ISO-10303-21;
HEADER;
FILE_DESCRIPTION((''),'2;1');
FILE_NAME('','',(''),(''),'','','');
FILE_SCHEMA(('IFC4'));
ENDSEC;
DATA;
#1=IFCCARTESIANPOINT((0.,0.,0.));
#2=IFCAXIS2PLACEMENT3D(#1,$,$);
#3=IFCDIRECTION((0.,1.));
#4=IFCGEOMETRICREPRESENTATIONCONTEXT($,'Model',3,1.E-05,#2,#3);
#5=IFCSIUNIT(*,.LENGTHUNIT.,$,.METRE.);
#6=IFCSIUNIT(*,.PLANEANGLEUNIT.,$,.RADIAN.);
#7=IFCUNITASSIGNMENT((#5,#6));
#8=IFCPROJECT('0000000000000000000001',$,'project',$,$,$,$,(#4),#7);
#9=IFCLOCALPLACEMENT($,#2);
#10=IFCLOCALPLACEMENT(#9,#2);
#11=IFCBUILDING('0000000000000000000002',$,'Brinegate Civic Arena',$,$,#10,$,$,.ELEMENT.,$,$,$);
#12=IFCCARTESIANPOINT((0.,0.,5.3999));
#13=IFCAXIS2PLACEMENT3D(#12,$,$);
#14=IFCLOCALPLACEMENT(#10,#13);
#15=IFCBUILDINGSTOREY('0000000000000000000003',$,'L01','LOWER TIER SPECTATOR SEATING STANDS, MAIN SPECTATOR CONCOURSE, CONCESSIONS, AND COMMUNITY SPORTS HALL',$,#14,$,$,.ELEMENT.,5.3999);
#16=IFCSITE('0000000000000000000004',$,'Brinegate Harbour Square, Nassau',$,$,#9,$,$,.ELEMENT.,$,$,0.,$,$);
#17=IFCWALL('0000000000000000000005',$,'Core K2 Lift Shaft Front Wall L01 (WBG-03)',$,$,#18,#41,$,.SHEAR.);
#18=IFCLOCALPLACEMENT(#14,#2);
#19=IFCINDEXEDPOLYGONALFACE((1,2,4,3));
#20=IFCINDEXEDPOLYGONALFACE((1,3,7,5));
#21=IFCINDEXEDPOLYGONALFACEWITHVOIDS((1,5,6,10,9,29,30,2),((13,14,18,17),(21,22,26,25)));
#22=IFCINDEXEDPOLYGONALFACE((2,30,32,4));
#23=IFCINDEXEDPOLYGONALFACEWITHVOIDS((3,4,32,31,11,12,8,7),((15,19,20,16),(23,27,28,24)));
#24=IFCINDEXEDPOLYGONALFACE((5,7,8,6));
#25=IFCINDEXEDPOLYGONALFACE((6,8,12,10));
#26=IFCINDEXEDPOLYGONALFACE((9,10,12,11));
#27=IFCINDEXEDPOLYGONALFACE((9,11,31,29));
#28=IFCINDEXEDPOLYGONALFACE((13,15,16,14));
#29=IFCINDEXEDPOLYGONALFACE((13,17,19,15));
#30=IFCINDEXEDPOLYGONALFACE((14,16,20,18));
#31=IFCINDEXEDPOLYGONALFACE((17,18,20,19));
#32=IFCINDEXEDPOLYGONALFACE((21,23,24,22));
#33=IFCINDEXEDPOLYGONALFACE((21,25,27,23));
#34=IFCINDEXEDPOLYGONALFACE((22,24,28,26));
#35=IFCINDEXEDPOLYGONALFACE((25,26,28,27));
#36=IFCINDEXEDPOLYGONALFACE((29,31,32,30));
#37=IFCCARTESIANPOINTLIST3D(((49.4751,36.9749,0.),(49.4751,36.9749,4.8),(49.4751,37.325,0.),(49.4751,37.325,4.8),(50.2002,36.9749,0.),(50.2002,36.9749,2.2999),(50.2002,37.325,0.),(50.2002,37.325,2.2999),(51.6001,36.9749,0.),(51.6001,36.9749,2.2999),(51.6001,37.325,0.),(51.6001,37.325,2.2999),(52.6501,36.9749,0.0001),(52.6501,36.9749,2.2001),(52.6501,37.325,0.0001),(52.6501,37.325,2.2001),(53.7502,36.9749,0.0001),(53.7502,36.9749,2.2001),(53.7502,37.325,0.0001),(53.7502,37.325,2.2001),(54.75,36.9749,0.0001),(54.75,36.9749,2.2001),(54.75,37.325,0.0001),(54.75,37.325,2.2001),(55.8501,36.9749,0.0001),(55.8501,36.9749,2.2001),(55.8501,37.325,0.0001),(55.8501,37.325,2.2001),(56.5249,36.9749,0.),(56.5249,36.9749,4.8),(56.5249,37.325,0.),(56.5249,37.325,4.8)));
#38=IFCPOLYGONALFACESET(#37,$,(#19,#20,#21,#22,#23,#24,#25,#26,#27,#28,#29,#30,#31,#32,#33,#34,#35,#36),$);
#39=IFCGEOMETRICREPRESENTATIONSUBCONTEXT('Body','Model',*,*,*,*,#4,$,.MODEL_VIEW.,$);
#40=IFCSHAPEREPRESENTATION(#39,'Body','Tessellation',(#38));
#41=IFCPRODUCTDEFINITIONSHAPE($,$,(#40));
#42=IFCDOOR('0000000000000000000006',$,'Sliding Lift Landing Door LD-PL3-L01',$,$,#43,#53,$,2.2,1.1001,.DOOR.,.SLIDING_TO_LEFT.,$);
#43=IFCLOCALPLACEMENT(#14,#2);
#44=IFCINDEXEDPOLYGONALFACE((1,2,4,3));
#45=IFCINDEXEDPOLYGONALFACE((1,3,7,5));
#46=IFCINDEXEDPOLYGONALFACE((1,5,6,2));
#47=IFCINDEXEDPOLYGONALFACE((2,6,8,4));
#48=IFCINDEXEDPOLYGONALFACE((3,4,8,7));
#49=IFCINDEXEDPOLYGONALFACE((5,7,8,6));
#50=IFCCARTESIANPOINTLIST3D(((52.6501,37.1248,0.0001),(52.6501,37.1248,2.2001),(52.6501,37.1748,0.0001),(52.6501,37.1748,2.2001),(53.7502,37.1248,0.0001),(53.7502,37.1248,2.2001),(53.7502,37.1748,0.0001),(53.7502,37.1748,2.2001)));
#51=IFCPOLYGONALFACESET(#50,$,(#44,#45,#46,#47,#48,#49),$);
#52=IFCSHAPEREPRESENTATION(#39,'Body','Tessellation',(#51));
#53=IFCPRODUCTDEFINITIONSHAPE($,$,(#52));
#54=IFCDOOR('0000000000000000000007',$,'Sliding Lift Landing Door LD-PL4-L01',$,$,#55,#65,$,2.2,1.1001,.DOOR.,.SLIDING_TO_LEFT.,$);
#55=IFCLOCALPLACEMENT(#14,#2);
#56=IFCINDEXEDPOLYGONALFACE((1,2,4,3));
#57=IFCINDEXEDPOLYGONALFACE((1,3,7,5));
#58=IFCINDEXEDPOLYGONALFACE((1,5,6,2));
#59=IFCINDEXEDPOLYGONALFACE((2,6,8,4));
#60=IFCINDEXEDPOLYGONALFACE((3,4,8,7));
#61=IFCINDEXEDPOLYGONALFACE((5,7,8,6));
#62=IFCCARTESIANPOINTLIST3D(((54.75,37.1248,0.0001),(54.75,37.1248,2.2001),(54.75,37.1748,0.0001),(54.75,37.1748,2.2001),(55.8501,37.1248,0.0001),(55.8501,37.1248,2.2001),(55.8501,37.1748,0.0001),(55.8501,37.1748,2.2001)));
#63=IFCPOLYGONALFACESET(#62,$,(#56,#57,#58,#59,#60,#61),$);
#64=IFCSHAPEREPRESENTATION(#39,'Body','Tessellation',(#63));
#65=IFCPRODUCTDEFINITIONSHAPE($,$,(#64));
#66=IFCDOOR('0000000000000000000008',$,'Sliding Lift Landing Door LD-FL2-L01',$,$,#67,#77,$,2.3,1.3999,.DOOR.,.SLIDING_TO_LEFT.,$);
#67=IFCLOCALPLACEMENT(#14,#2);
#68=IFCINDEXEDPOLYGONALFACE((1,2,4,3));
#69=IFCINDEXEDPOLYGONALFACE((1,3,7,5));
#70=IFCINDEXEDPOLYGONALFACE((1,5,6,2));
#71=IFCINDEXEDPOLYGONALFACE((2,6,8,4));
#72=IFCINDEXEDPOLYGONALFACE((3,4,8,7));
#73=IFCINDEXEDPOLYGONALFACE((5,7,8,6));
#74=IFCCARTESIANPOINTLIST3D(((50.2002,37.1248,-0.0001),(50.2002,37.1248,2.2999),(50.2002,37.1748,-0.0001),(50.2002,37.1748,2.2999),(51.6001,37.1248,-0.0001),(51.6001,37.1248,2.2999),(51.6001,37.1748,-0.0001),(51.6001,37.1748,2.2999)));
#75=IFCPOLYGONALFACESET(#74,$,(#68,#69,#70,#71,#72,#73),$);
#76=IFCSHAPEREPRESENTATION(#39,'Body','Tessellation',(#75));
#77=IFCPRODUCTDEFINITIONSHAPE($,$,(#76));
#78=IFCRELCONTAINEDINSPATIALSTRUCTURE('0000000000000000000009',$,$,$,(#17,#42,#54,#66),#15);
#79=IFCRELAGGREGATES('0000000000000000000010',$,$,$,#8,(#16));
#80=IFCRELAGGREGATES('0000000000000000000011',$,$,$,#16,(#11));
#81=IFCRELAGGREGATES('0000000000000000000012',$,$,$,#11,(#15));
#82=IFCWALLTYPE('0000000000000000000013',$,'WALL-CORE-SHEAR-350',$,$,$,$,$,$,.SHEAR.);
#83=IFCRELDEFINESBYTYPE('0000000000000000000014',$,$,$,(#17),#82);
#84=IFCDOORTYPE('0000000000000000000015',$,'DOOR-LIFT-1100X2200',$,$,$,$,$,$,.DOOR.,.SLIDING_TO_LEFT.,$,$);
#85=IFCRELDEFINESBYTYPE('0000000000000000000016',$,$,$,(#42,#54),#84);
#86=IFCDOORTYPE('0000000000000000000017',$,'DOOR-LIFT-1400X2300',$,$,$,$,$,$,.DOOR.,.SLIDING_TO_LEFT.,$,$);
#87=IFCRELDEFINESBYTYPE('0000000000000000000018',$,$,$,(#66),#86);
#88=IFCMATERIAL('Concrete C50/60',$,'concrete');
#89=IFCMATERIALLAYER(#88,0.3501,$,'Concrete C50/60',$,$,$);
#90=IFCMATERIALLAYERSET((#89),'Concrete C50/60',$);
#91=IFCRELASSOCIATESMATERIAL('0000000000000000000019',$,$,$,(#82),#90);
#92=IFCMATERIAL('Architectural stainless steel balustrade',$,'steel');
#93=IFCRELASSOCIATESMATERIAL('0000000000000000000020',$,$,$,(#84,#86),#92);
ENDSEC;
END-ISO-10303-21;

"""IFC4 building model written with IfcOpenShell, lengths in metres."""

from ifc_helpers import new_model, si_unit, direction, frame, frame_2d, origin, place, context, subcontext, project, spatial, rectangle, extrude, material, layer, layer_set, type_object, element, fill, save


model = new_model("IFC4")

# Units and contexts
model_context = context("Model", 3, precision=1e-05, world=origin(), true_north=direction((0.0, 1.0)))
body_context = subcontext(model_context, "Body", "Model", "MODEL_VIEW")
ifc_project = project(units=[si_unit("LENGTHUNIT", "METRE"), si_unit("PLANEANGLEUNIT", "RADIAN")], contexts=[model_context])

# Site, building, storey
site_placement = place(None, origin())
site = spatial("IfcSite", under=ifc_project, at=site_placement, Name="Brinegate Harbour Square, Nassau", CompositionType="ELEMENT", RefElevation=0.0)
building_placement = place(site_placement, origin())
building = spatial("IfcBuilding", under=site, at=building_placement, Name="Brinegate Civic Arena", CompositionType="ELEMENT")
storey_placement = place(building_placement, frame((0.0, 0.0, 5.3999)))
storey = spatial("IfcBuildingStorey", under=building, at=storey_placement, Name="L01", Description="LOWER TIER SPECTATOR SEATING STANDS, MAIN SPECTATOR CONCOURSE, CONCESSIONS, AND COMMUNITY SPORTS HALL", CompositionType="ELEMENT", Elevation=5.3999)

# Wall, openings, doors
ifc_material_1 = material(Name="Concrete C50/60", Category="concrete")
ifc_layer_1 = layer(ifc_material_1, 0.3501, Name="Concrete C50/60")
ifc_layer_set_1 = layer_set([ifc_layer_1], Name="Concrete C50/60")
wall_type = type_object("IfcWallType", Name="WALL-CORE-SHEAR-350", PredefinedType="SHEAR", material=ifc_layer_set_1)
wall_placement = place(storey_placement, frame((49.4751, 37.1499, 0.0), z_axis=(0.0, 0.0, 1.0), x_axis=(1.0, 0.0, 0.0)))
wall = element("IfcWall", 1, at=wall_placement, inside=storey, type_object=wall_type, Name="Core K2 Lift Shaft Front Wall L01 (WBG-03)", PredefinedType="SHEAR", context=body_context, shape_type="SweptSolid", body=[
    extrude(rectangle(XDim=7.0498, YDim=0.3501, at=frame_2d((3.5249, 0.0))), origin(), (0.0, 0.0, 1.0), 4.8),
])
opening_1_placement = place(wall_placement, frame((0.7251, 0.0, 0.0)))
opening_1 = element("IfcOpeningElement", 2, at=opening_1_placement, cuts=wall, PredefinedType="OPENING", context=body_context, shape_type="SweptSolid", body=[
    extrude(rectangle(XDim=1.3999, YDim=2.3, at=frame_2d((0.7, 1.1499))), frame((0.0, 0.1851, 0.0), z_axis=(0.0, -1.0, 0.0), x_axis=(1.0, 0.0, 0.0)), (0.0, 0.0, 1.0), 0.3701),
])
opening_2_placement = place(wall_placement, frame((3.175, 0.0, 0.0)))
opening_2 = element("IfcOpeningElement", 3, at=opening_2_placement, cuts=wall, PredefinedType="OPENING", context=body_context, shape_type="SweptSolid", body=[
    extrude(rectangle(XDim=1.1001, YDim=2.2, at=frame_2d((0.55, 1.1001))), frame((0.0, 0.1851, 0.0), z_axis=(0.0, -1.0, 0.0), x_axis=(1.0, 0.0, 0.0)), (0.0, 0.0, 1.0), 0.3701),
])
opening_3_placement = place(wall_placement, frame((5.2749, 0.0, 0.0)))
opening_3 = element("IfcOpeningElement", 4, at=opening_3_placement, cuts=wall, PredefinedType="OPENING", context=body_context, shape_type="SweptSolid", body=[
    extrude(rectangle(XDim=1.1001, YDim=2.2, at=frame_2d((0.55, 1.1001))), frame((0.0, 0.1851, 0.0), z_axis=(0.0, -1.0, 0.0), x_axis=(1.0, 0.0, 0.0)), (0.0, 0.0, 1.0), 0.3701),
])
ifc_material_2 = material(Name="Architectural stainless steel balustrade", Category="steel")
door_type_1 = type_object("IfcDoorType", Name="DOOR-LIFT-1100X2200", OperationType="SLIDING_TO_LEFT", PredefinedType="DOOR", material=ifc_material_2)
door_1_placement = place(opening_2_placement, origin())
door_1 = element("IfcDoor", 5, at=door_1_placement, inside=storey, type_object=door_type_1, Name="Sliding Lift Landing Door LD-PL3-L01", OperationType="SLIDING_TO_LEFT", OverallHeight=2.2, OverallWidth=1.1001, PredefinedType="DOOR", context=body_context, shape_type="SweptSolid", body=[
    extrude(rectangle(XDim=1.1001, YDim=2.2, at=frame_2d((0.55, 1.1001))), frame((0.0, 0.0249, 0.0), z_axis=(0.0, -1.0, 0.0), x_axis=(1.0, 0.0, 0.0)), (0.0, 0.0, 1.0), 0.05),
])
fill(opening_2, door_1)
door_2_placement = place(opening_3_placement, origin())
door_2 = element("IfcDoor", 6, at=door_2_placement, inside=storey, type_object=door_type_1, Name="Sliding Lift Landing Door LD-PL4-L01", OperationType="SLIDING_TO_LEFT", OverallHeight=2.2, OverallWidth=1.1001, PredefinedType="DOOR", context=body_context, shape_type="SweptSolid", body=[
    extrude(rectangle(XDim=1.1001, YDim=2.2, at=frame_2d((0.55, 1.1001))), frame((0.0, 0.0249, 0.0), z_axis=(0.0, -1.0, 0.0), x_axis=(1.0, 0.0, 0.0)), (0.0, 0.0, 1.0), 0.05),
])
fill(opening_3, door_2)
door_type_2 = type_object("IfcDoorType", Name="DOOR-LIFT-1400X2300", OperationType="SLIDING_TO_LEFT", PredefinedType="DOOR", material=ifc_material_2)
door_3_placement = place(opening_1_placement, origin())
door_3 = element("IfcDoor", 7, at=door_3_placement, inside=storey, type_object=door_type_2, Name="Sliding Lift Landing Door LD-FL2-L01", OperationType="SLIDING_TO_LEFT", OverallHeight=2.3, OverallWidth=1.3999, PredefinedType="DOOR", context=body_context, shape_type="SweptSolid", body=[
    extrude(rectangle(XDim=1.3999, YDim=2.3, at=frame_2d((0.7, 1.1499))), frame((0.0, 0.0249, 0.0), z_axis=(0.0, -1.0, 0.0), x_axis=(1.0, 0.0, 0.0)), (0.0, 0.0, 1.0), 0.05),
])
fill(opening_1, door_3)

save(model, "model.ifc")
